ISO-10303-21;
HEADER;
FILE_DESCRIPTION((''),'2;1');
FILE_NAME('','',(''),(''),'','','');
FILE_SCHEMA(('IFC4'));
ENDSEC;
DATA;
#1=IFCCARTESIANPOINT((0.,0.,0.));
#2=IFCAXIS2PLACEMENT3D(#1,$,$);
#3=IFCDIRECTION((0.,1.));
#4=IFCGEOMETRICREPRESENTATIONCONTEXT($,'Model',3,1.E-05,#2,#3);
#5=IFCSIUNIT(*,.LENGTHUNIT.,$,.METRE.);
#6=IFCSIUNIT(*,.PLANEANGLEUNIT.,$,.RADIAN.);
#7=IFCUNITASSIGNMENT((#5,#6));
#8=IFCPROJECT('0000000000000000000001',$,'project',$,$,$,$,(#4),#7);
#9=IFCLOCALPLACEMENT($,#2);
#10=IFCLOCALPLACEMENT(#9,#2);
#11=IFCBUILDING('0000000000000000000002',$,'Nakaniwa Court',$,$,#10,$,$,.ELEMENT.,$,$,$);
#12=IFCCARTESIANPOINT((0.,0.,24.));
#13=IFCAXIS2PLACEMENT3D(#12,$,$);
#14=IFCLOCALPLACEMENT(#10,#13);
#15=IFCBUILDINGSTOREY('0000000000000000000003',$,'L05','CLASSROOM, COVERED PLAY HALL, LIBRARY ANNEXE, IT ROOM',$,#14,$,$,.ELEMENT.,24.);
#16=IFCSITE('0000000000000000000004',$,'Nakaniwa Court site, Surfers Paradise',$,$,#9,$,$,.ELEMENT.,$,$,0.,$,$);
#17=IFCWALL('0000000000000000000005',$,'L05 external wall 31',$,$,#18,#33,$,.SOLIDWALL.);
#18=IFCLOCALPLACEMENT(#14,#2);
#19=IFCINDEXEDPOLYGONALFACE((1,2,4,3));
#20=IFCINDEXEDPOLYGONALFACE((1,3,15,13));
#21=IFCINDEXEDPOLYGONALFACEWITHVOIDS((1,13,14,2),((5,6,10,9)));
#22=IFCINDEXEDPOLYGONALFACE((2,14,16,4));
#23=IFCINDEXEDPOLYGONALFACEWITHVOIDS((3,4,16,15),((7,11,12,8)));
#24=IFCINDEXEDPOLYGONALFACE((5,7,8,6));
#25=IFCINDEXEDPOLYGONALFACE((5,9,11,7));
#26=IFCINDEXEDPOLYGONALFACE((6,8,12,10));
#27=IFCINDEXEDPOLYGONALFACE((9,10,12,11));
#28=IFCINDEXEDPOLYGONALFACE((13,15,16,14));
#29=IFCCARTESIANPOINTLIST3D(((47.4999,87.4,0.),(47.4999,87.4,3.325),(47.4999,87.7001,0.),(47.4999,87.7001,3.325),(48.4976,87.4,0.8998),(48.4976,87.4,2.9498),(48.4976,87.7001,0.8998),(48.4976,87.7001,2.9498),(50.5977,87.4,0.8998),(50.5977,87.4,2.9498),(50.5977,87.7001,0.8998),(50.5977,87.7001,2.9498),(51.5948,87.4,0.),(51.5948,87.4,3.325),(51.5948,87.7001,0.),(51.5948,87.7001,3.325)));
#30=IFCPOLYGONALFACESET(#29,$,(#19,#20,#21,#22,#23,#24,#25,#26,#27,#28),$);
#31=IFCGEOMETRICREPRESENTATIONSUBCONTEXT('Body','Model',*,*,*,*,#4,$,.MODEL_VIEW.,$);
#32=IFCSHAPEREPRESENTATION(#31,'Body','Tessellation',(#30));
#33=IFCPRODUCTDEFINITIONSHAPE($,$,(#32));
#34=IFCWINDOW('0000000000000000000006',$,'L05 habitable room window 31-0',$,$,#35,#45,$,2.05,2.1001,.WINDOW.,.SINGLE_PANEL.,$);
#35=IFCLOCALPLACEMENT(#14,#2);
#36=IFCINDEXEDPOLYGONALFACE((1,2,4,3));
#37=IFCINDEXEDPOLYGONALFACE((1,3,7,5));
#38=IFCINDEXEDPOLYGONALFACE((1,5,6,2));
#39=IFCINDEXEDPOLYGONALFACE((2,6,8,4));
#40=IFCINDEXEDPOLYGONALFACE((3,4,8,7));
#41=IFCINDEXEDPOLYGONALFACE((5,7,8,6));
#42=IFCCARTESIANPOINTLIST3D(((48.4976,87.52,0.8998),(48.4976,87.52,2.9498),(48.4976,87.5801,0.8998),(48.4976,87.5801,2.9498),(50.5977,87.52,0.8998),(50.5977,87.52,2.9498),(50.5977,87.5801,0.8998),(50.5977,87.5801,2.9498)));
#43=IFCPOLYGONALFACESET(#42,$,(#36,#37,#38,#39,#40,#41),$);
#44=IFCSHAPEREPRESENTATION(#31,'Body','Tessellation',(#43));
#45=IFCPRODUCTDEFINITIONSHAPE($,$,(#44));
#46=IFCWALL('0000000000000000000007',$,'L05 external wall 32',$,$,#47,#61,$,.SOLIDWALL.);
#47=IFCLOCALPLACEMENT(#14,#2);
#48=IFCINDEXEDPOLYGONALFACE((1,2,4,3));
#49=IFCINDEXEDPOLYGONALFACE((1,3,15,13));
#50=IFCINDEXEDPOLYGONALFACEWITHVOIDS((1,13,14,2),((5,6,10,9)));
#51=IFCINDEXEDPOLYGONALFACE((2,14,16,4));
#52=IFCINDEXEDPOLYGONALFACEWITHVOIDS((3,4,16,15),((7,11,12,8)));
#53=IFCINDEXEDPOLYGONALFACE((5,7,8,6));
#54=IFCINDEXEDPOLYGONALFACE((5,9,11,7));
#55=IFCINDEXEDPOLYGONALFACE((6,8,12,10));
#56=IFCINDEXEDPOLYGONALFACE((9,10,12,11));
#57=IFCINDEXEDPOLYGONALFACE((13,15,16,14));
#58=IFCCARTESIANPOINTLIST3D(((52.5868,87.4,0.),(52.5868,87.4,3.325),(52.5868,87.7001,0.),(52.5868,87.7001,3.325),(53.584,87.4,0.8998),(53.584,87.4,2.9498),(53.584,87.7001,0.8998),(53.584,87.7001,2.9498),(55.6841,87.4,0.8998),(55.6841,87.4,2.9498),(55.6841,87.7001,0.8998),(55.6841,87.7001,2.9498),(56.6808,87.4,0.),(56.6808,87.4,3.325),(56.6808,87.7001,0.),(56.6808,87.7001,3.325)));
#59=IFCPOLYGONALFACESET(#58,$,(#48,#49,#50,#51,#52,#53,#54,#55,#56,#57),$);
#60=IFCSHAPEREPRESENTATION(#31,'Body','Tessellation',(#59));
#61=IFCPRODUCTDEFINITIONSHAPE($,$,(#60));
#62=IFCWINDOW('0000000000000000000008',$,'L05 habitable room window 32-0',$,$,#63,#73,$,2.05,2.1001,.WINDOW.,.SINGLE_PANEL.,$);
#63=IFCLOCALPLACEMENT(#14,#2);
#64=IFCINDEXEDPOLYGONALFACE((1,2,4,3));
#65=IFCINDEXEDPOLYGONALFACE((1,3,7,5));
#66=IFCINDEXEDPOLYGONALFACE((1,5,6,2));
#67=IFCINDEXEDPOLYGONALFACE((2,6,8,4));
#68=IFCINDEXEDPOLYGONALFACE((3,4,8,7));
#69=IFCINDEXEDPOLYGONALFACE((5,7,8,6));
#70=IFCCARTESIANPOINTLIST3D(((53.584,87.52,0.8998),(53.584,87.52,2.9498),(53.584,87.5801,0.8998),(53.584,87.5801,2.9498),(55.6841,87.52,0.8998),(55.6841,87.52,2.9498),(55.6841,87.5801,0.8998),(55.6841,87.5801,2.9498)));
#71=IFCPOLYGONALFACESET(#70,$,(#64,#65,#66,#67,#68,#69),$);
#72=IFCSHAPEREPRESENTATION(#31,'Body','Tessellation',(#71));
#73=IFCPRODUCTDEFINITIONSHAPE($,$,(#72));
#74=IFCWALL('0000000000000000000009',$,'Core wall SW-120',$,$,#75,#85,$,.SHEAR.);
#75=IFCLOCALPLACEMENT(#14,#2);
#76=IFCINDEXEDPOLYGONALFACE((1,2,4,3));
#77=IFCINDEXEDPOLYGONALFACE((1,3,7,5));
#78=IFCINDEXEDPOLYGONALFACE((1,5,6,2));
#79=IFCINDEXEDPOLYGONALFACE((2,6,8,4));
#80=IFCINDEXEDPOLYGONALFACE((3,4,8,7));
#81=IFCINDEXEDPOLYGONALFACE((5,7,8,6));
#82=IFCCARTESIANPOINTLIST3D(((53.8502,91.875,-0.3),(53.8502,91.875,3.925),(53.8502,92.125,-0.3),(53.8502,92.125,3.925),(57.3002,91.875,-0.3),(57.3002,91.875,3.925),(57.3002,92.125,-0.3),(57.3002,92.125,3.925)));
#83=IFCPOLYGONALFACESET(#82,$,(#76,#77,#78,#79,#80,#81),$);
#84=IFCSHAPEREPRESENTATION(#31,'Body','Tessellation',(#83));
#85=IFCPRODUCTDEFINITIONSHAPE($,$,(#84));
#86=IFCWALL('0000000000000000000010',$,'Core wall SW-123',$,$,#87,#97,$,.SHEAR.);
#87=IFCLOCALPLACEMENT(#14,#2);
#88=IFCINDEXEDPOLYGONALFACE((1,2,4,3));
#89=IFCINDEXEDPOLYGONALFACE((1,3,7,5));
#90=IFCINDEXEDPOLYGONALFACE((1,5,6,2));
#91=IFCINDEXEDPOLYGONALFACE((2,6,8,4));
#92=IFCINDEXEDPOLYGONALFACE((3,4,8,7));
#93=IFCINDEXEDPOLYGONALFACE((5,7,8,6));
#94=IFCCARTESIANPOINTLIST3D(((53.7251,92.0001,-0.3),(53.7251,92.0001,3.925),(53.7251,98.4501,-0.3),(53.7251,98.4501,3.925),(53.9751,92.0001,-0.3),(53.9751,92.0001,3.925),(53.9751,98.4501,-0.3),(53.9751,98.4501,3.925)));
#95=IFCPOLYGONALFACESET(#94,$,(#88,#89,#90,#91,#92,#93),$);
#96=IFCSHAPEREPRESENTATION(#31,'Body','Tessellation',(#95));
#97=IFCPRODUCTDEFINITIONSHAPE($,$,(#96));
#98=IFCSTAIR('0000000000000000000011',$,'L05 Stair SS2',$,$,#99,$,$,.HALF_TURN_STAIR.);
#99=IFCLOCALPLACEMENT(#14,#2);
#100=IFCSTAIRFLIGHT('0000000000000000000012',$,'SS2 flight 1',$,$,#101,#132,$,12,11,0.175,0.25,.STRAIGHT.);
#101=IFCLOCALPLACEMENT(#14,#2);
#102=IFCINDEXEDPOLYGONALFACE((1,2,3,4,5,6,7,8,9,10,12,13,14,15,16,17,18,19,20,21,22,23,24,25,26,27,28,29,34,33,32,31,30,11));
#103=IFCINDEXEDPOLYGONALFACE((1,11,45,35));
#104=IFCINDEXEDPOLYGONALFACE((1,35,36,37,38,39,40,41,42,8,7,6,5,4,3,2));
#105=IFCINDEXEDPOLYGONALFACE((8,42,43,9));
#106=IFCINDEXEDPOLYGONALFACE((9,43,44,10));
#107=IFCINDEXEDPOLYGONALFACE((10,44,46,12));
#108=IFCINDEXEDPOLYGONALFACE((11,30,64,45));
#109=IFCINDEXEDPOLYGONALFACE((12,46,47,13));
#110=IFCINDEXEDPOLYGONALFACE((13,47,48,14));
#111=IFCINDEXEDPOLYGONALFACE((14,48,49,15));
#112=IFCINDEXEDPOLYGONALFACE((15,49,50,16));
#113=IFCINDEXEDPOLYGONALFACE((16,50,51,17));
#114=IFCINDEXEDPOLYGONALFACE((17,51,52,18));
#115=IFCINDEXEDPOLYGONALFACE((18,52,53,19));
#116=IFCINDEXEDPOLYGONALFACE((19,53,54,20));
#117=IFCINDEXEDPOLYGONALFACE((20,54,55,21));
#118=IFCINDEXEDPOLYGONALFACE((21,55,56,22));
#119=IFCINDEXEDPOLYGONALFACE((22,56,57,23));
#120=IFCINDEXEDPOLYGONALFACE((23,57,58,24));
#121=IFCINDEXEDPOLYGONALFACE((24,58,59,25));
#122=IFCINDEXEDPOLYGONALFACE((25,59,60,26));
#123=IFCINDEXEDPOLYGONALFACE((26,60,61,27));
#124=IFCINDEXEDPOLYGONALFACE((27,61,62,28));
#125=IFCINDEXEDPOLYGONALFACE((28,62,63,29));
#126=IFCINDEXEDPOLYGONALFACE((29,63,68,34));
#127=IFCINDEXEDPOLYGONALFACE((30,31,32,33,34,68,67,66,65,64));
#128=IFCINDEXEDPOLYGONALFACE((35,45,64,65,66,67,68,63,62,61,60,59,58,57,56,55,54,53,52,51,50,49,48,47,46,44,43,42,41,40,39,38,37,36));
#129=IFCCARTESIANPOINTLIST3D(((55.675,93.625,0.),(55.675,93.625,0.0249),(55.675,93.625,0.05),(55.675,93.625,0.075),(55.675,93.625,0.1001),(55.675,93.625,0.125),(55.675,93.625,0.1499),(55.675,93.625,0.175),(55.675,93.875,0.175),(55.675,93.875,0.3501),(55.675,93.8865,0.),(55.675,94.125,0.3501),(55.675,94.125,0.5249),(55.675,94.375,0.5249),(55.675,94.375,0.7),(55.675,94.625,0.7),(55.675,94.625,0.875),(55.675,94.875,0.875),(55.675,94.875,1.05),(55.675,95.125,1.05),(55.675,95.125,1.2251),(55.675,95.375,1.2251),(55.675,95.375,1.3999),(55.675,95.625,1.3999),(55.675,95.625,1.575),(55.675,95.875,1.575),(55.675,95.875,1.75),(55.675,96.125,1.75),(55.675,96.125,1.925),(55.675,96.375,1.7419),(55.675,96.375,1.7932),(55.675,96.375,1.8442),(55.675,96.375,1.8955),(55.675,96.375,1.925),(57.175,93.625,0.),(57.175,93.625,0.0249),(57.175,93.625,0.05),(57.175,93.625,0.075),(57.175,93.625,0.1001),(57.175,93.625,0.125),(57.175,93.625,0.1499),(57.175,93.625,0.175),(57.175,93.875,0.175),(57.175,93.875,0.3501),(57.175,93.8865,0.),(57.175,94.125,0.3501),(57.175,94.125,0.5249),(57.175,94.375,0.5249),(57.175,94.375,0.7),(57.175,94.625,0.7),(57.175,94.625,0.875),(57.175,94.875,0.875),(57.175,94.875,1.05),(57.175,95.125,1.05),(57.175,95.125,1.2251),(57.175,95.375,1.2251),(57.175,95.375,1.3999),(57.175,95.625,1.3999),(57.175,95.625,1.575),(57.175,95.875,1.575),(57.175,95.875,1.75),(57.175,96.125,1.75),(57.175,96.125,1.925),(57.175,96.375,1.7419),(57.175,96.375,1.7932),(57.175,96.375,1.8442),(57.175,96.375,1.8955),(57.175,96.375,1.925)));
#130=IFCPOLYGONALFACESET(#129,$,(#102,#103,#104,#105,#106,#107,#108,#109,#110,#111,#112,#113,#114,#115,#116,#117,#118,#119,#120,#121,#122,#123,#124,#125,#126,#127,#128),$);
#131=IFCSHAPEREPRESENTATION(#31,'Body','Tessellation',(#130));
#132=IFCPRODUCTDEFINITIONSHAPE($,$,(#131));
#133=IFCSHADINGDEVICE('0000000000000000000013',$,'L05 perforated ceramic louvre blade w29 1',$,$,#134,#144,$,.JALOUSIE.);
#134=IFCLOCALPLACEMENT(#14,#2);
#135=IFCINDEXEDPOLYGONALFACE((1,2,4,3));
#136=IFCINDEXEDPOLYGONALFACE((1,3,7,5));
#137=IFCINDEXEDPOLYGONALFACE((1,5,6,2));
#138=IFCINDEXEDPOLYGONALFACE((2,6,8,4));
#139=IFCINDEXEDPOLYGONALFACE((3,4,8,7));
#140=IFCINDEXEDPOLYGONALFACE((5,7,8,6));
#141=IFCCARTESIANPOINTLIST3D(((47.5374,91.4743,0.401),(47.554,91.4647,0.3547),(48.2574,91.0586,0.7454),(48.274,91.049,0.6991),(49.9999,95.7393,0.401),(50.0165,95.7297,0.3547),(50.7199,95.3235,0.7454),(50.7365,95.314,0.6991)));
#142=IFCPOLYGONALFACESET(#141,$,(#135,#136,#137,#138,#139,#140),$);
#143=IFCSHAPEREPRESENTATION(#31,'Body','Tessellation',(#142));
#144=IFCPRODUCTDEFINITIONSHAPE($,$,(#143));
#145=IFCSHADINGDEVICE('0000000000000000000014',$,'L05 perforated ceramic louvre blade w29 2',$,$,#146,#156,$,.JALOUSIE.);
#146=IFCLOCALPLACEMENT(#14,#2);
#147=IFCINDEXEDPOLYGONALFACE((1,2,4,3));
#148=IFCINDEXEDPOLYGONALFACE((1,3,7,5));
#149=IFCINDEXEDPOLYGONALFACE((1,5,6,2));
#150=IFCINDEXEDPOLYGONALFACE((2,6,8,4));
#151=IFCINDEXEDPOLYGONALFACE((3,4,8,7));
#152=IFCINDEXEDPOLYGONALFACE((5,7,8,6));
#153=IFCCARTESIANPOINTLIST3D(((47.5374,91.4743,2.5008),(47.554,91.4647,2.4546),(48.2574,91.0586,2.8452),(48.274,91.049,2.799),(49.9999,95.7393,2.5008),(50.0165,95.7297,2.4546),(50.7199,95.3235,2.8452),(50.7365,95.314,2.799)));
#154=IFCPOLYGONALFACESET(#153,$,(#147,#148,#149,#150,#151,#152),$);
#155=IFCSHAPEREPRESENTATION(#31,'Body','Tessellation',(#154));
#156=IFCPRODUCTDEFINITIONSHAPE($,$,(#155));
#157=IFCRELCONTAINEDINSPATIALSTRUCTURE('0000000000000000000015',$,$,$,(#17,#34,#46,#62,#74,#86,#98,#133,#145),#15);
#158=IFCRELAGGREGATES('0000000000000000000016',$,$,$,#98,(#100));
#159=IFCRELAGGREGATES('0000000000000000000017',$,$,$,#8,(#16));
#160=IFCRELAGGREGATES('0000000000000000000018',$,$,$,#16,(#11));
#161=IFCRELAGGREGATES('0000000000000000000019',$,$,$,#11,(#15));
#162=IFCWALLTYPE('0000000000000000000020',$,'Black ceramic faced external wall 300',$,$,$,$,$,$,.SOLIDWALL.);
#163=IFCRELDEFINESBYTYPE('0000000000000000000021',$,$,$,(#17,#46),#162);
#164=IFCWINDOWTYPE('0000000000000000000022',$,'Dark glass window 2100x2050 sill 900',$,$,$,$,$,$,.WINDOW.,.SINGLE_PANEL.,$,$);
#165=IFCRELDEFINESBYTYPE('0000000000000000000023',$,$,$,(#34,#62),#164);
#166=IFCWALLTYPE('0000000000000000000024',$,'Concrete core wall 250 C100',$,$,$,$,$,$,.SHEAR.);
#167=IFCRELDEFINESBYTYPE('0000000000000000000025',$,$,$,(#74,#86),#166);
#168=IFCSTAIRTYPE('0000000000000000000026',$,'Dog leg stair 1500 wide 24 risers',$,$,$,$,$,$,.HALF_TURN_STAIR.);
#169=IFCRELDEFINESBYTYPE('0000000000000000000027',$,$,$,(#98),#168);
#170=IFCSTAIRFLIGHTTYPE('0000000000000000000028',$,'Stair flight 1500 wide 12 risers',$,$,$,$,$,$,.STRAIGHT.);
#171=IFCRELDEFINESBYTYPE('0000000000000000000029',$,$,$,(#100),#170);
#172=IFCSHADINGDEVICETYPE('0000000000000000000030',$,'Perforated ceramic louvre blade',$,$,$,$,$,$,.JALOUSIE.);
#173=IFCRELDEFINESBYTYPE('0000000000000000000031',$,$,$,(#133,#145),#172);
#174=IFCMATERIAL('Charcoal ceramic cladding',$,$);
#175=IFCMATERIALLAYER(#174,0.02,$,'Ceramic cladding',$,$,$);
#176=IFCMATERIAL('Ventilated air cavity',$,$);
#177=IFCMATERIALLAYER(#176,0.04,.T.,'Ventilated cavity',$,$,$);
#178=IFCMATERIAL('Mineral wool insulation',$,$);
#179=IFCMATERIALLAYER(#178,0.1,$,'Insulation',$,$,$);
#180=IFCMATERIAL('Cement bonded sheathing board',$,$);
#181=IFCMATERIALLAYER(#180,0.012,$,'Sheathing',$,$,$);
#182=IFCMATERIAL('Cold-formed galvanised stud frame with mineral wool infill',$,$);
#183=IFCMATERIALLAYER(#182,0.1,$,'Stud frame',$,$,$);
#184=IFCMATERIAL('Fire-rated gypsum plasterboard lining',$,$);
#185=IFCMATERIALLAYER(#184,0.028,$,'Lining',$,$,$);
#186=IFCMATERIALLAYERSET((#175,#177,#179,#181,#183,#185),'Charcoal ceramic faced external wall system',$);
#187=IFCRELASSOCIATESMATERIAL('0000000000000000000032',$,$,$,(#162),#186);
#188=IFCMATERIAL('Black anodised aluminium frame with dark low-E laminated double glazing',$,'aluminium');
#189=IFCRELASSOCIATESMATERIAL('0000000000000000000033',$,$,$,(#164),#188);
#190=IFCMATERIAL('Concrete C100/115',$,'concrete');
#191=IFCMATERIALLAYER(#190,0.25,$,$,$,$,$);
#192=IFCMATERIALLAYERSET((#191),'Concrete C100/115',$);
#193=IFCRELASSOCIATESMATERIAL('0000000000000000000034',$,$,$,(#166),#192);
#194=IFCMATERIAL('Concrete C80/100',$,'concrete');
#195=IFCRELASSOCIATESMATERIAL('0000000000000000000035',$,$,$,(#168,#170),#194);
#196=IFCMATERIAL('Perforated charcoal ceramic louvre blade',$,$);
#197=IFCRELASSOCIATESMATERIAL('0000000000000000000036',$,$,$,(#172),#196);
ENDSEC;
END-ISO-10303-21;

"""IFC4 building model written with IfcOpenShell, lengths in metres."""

from ifc_helpers import new_model, si_unit, direction, frame, frame_2d, origin, origin_2d, place, context, subcontext, project, spatial, polyline, rectangle, outline, extrude, material, layer, layer_set, material_profile, profile_set, type_object, element, fill, aggregate, save


model = new_model("IFC4")

# Units and contexts
model_context = context("Model", 3, precision=1e-05, world=origin(), true_north=direction((0.0, 1.0)))
body_context = subcontext(model_context, "Body", "Model", "MODEL_VIEW")
ifc_project = project(units=[si_unit("LENGTHUNIT", "METRE"), si_unit("PLANEANGLEUNIT", "RADIAN")], contexts=[model_context])

# Site, building, storey
site_placement = place(None, origin())
site = spatial("IfcSite", under=ifc_project, at=site_placement, Name="Nakaniwa Court site, Surfers Paradise", CompositionType="ELEMENT", RefElevation=0.0)
building_placement = place(site_placement, origin())
building = spatial("IfcBuilding", under=site, at=building_placement, Name="Nakaniwa Court", CompositionType="ELEMENT")
storey_placement = place(building_placement, frame((0.0, 0.0, 24.0)))
storey = spatial("IfcBuildingStorey", under=building, at=storey_placement, Name="L05", Description="CLASSROOM, COVERED PLAY HALL, LIBRARY ANNEXE, IT ROOM", CompositionType="ELEMENT", Elevation=24.0)

# Shared definitions
ifc_material_1 = material(Name="Concrete C100/115", Category="concrete")

# Walls, openings, windows
ifc_material_2 = material(Name="Charcoal ceramic cladding")
ifc_layer_1 = layer(ifc_material_2, 0.02, Name="Ceramic cladding")
ifc_material_3 = material(Name="Ventilated air cavity")
ifc_layer_2 = layer(ifc_material_3, 0.04, ventilated=True, Name="Ventilated cavity")
ifc_material_4 = material(Name="Mineral wool insulation")
ifc_layer_3 = layer(ifc_material_4, 0.1, Name="Insulation")
ifc_material_5 = material(Name="Cement bonded sheathing board")
ifc_layer_4 = layer(ifc_material_5, 0.012, Name="Sheathing")
ifc_material_6 = material(Name="Cold-formed galvanised stud frame with mineral wool infill")
ifc_layer_5 = layer(ifc_material_6, 0.1, Name="Stud frame")
ifc_material_7 = material(Name="Fire-rated gypsum plasterboard lining")
ifc_layer_6 = layer(ifc_material_7, 0.028, Name="Lining")
ifc_layer_set_1 = layer_set([ifc_layer_1, ifc_layer_2, ifc_layer_3, ifc_layer_4, ifc_layer_5, ifc_layer_6], Name="Charcoal ceramic faced external wall system")
wall_type_1 = type_object("IfcWallType", Name="Black ceramic faced external wall 300", PredefinedType="SOLIDWALL", material=ifc_layer_set_1)
ifc_material_8 = material(Name="Black anodised aluminium frame with dark low-E laminated double glazing", Category="aluminium")
window_type_1 = type_object("IfcWindowType", Name="Dark glass window 2100x2050 sill 900", PartitioningType="SINGLE_PANEL", PredefinedType="WINDOW", material=ifc_material_8)
wall_1_placement = place(storey_placement, frame((47.5, 87.55, 0.0), z_axis=(0.0, 0.0, 1.0), x_axis=(1.0, 0.0, 0.0)))
wall_1 = element("IfcWall", 1, at=wall_1_placement, inside=storey, type_object=wall_type_1, Name="L05 external wall 31", PredefinedType="SOLIDWALL", context=body_context, shape_type="SweptSolid", body=[
    extrude(rectangle(XDim=4.095, YDim=0.3, at=frame_2d((2.0474, 0.0))), origin(), (0.0, 0.0, 1.0), 3.325),
])
opening_1_placement = place(wall_1_placement, frame((0.9976, 0.0, 0.8999)))
opening_1 = element("IfcOpeningElement", 2, at=opening_1_placement, cuts=wall_1, PredefinedType="OPENING", context=body_context, shape_type="SweptSolid", body=[
    extrude(rectangle(XDim=2.1001, YDim=2.05, at=frame_2d((1.05, 1.0249))), frame((0.0, 0.1599, 0.0), z_axis=(0.0, -1.0, 0.0), x_axis=(1.0, 0.0, 0.0)), (0.0, 0.0, 1.0), 0.3201),
])
window_1_placement = place(opening_1_placement, origin())
window_1 = element("IfcWindow", 3, at=window_1_placement, inside=storey, type_object=window_type_1, Name="L05 habitable room window 31-0", OverallHeight=2.05, OverallWidth=2.1001, PartitioningType="SINGLE_PANEL", PredefinedType="WINDOW", context=body_context, shape_type="SweptSolid", body=[
    extrude(rectangle(XDim=2.1001, YDim=2.05, at=frame_2d((1.05, 1.0249))), frame((0.0, 0.03, 0.0), z_axis=(0.0, -1.0, 0.0), x_axis=(1.0, 0.0, 0.0)), (0.0, 0.0, 1.0), 0.0601),
])
fill(opening_1, window_1)
wall_2_placement = place(storey_placement, frame((52.5869, 87.55, 0.0), z_axis=(0.0, 0.0, 1.0), x_axis=(1.0, 0.0, 0.0)))
wall_2 = element("IfcWall", 4, at=wall_2_placement, inside=storey, type_object=wall_type_1, Name="L05 external wall 32", PredefinedType="SOLIDWALL", context=body_context, shape_type="SweptSolid", body=[
    extrude(rectangle(XDim=4.094, YDim=0.3, at=frame_2d((2.0469, 0.0))), origin(), (0.0, 0.0, 1.0), 3.325),
])
opening_2_placement = place(wall_2_placement, frame((0.9971, 0.0, 0.8999)))
opening_2 = element("IfcOpeningElement", 5, at=opening_2_placement, cuts=wall_2, PredefinedType="OPENING", context=body_context, shape_type="SweptSolid", body=[
    extrude(rectangle(XDim=2.1001, YDim=2.05, at=frame_2d((1.05, 1.0249))), frame((0.0, 0.1599, 0.0), z_axis=(0.0, -1.0, 0.0), x_axis=(1.0, 0.0, 0.0)), (0.0, 0.0, 1.0), 0.3201),
])
window_2_placement = place(opening_2_placement, origin())
window_2 = element("IfcWindow", 6, at=window_2_placement, inside=storey, type_object=window_type_1, Name="L05 habitable room window 32-0", OverallHeight=2.05, OverallWidth=2.1001, PartitioningType="SINGLE_PANEL", PredefinedType="WINDOW", context=body_context, shape_type="SweptSolid", body=[
    extrude(rectangle(XDim=2.1001, YDim=2.05, at=frame_2d((1.05, 1.0249))), frame((0.0, 0.03, 0.0), z_axis=(0.0, -1.0, 0.0), x_axis=(1.0, 0.0, 0.0)), (0.0, 0.0, 1.0), 0.0601),
])
fill(opening_2, window_2)

# Walls
ifc_layer_7 = layer(ifc_material_1, 0.25)
ifc_layer_set_2 = layer_set([ifc_layer_7], Name="Concrete C100/115")
wall_type_2 = type_object("IfcWallType", Name="Concrete core wall 250 C100", PredefinedType="SHEAR", material=ifc_layer_set_2)
wall_3_placement = place(storey_placement, frame((53.8501, 92.0, -0.3), z_axis=(0.0, 0.0, 1.0), x_axis=(1.0, 0.0, 0.0)))
element("IfcWall", 7, at=wall_3_placement, inside=storey, type_object=wall_type_2, Name="Core wall SW-120", PredefinedType="SHEAR", context=body_context, shape_type="SweptSolid", body=[
    extrude(rectangle(XDim=3.45, YDim=0.25, at=frame_2d((1.7251, 0.0))), origin(), (0.0, 0.0, 1.0), 4.2251),
])
wall_4_placement = place(storey_placement, frame((53.8501, 92.0, -0.3), z_axis=(0.0, 0.0, 1.0), x_axis=(0.0, 1.0, 0.0)))
element("IfcWall", 8, at=wall_4_placement, inside=storey, type_object=wall_type_2, Name="Core wall SW-123", PredefinedType="SHEAR", context=body_context, shape_type="SweptSolid", body=[
    extrude(rectangle(XDim=6.45, YDim=0.25, at=frame_2d((3.2251, 0.0))), origin(), (0.0, 0.0, 1.0), 4.2251),
])

# Stair, stair flight
ifc_material_9 = material(Name="Concrete C80/100", Category="concrete")
stair_type = type_object("IfcStairType", Name="Dog leg stair 1500 wide 24 risers", PredefinedType="HALF_TURN_STAIR", material=ifc_material_9)
stair_placement = place(storey_placement, origin())
stair = element("IfcStair", 9, at=stair_placement, inside=storey, type_object=stair_type, Name="L05 Stair SS2", PredefinedType="HALF_TURN_STAIR")
stair_flight_type = type_object("IfcStairFlightType", Name="Stair flight 1500 wide 12 risers", PredefinedType="STRAIGHT", material=ifc_material_9)
stair_flight_placement = place(storey_placement, frame((56.425, 93.625, 0.0), z_axis=(0.0, 0.0, 1.0), x_axis=(0.0, 1.0, 0.0)))
stair_flight = element("IfcStairFlight", 10, at=stair_flight_placement, type_object=stair_flight_type, Name="SS2 flight 1", NumberOfRisers=12, NumberOfTreads=11, PredefinedType="STRAIGHT", RiserHeight=0.175, TreadLength=0.25, context=body_context, shape_type="SweptSolid", body=[
    extrude(outline(polyline([(0.0, 0.0), (0.0, 0.0249), (0.0, 0.05), (0.0, 0.075), (0.0, 0.1001), (0.0, 0.125), (0.0, 0.1499), (0.0, 0.175), (0.25, 0.175), (0.25, 0.3501), (0.5, 0.3501), (0.5, 0.5249), (0.75, 0.5249), (0.75, 0.7), (1.0, 0.7), (1.0, 0.875), (1.25, 0.875), (1.25, 1.05), (1.5, 1.05), (1.5, 1.2251), (1.75, 1.2251), (1.75, 1.3999), (2.0, 1.3999), (2.0, 1.575), (2.25, 1.575), (2.25, 1.75), (2.5, 1.75), (2.5, 1.925), (2.75, 1.925), (2.75, 2.1001), (2.75, 2.0488), (2.75, 1.9978), (2.75, 1.9465), (2.75, 1.8955), (2.75, 1.8442), (2.75, 1.7932), (2.75, 1.7419), (0.2615, 0.0), (0.0, 0.0)])), frame((0.0, 0.75, 0.0), z_axis=(0.0, -1.0, 0.0), x_axis=(1.0, 0.0, 0.0)), (0.0, 0.0, 1.0), 1.5),
])
aggregate(stair, [stair_flight])

# Shading devices
ifc_material_10 = material(Name="Perforated charcoal ceramic louvre blade")
ifc_material_profile_1 = material_profile(ifc_material_10, rectangle(XDim=0.8999, YDim=0.05, at=origin_2d()), Name="Perforated ceramic louvre blade")
ifc_profile_set_1 = profile_set([ifc_material_profile_1], Name="Perforated charcoal ceramic louvre blade")
shading_device_type = type_object("IfcShadingDeviceType", Name="Perforated ceramic louvre blade", PredefinedType="JALOUSIE", material=ifc_profile_set_1)
for number, where, z_axis, x_axis, name in (
    (11, (50.3682, 95.5266, 0.55), (-0.50001, -0.86602, 0.0), (0.800098, -0.461949, 0.382683), "L05 perforated ceramic louvre blade w29 1"),
    (12, (50.3682, 95.5266, 2.6499), (-0.50001, -0.86602, 0.0), (0.800098, -0.461949, 0.382683), "L05 perforated ceramic louvre blade w29 2"),
):
    element("IfcShadingDevice", number, at=place(storey_placement, frame(where, z_axis=z_axis, x_axis=x_axis)), inside=storey, type_object=shading_device_type, Name=name, PredefinedType="JALOUSIE", context=body_context, shape_type="SweptSolid", body=[
        extrude(rectangle(XDim=0.8999, YDim=0.05, at=origin_2d()), origin(), (0.0, 0.0, 1.0), 4.9248),
    ])

save(model, "model.ifc")
